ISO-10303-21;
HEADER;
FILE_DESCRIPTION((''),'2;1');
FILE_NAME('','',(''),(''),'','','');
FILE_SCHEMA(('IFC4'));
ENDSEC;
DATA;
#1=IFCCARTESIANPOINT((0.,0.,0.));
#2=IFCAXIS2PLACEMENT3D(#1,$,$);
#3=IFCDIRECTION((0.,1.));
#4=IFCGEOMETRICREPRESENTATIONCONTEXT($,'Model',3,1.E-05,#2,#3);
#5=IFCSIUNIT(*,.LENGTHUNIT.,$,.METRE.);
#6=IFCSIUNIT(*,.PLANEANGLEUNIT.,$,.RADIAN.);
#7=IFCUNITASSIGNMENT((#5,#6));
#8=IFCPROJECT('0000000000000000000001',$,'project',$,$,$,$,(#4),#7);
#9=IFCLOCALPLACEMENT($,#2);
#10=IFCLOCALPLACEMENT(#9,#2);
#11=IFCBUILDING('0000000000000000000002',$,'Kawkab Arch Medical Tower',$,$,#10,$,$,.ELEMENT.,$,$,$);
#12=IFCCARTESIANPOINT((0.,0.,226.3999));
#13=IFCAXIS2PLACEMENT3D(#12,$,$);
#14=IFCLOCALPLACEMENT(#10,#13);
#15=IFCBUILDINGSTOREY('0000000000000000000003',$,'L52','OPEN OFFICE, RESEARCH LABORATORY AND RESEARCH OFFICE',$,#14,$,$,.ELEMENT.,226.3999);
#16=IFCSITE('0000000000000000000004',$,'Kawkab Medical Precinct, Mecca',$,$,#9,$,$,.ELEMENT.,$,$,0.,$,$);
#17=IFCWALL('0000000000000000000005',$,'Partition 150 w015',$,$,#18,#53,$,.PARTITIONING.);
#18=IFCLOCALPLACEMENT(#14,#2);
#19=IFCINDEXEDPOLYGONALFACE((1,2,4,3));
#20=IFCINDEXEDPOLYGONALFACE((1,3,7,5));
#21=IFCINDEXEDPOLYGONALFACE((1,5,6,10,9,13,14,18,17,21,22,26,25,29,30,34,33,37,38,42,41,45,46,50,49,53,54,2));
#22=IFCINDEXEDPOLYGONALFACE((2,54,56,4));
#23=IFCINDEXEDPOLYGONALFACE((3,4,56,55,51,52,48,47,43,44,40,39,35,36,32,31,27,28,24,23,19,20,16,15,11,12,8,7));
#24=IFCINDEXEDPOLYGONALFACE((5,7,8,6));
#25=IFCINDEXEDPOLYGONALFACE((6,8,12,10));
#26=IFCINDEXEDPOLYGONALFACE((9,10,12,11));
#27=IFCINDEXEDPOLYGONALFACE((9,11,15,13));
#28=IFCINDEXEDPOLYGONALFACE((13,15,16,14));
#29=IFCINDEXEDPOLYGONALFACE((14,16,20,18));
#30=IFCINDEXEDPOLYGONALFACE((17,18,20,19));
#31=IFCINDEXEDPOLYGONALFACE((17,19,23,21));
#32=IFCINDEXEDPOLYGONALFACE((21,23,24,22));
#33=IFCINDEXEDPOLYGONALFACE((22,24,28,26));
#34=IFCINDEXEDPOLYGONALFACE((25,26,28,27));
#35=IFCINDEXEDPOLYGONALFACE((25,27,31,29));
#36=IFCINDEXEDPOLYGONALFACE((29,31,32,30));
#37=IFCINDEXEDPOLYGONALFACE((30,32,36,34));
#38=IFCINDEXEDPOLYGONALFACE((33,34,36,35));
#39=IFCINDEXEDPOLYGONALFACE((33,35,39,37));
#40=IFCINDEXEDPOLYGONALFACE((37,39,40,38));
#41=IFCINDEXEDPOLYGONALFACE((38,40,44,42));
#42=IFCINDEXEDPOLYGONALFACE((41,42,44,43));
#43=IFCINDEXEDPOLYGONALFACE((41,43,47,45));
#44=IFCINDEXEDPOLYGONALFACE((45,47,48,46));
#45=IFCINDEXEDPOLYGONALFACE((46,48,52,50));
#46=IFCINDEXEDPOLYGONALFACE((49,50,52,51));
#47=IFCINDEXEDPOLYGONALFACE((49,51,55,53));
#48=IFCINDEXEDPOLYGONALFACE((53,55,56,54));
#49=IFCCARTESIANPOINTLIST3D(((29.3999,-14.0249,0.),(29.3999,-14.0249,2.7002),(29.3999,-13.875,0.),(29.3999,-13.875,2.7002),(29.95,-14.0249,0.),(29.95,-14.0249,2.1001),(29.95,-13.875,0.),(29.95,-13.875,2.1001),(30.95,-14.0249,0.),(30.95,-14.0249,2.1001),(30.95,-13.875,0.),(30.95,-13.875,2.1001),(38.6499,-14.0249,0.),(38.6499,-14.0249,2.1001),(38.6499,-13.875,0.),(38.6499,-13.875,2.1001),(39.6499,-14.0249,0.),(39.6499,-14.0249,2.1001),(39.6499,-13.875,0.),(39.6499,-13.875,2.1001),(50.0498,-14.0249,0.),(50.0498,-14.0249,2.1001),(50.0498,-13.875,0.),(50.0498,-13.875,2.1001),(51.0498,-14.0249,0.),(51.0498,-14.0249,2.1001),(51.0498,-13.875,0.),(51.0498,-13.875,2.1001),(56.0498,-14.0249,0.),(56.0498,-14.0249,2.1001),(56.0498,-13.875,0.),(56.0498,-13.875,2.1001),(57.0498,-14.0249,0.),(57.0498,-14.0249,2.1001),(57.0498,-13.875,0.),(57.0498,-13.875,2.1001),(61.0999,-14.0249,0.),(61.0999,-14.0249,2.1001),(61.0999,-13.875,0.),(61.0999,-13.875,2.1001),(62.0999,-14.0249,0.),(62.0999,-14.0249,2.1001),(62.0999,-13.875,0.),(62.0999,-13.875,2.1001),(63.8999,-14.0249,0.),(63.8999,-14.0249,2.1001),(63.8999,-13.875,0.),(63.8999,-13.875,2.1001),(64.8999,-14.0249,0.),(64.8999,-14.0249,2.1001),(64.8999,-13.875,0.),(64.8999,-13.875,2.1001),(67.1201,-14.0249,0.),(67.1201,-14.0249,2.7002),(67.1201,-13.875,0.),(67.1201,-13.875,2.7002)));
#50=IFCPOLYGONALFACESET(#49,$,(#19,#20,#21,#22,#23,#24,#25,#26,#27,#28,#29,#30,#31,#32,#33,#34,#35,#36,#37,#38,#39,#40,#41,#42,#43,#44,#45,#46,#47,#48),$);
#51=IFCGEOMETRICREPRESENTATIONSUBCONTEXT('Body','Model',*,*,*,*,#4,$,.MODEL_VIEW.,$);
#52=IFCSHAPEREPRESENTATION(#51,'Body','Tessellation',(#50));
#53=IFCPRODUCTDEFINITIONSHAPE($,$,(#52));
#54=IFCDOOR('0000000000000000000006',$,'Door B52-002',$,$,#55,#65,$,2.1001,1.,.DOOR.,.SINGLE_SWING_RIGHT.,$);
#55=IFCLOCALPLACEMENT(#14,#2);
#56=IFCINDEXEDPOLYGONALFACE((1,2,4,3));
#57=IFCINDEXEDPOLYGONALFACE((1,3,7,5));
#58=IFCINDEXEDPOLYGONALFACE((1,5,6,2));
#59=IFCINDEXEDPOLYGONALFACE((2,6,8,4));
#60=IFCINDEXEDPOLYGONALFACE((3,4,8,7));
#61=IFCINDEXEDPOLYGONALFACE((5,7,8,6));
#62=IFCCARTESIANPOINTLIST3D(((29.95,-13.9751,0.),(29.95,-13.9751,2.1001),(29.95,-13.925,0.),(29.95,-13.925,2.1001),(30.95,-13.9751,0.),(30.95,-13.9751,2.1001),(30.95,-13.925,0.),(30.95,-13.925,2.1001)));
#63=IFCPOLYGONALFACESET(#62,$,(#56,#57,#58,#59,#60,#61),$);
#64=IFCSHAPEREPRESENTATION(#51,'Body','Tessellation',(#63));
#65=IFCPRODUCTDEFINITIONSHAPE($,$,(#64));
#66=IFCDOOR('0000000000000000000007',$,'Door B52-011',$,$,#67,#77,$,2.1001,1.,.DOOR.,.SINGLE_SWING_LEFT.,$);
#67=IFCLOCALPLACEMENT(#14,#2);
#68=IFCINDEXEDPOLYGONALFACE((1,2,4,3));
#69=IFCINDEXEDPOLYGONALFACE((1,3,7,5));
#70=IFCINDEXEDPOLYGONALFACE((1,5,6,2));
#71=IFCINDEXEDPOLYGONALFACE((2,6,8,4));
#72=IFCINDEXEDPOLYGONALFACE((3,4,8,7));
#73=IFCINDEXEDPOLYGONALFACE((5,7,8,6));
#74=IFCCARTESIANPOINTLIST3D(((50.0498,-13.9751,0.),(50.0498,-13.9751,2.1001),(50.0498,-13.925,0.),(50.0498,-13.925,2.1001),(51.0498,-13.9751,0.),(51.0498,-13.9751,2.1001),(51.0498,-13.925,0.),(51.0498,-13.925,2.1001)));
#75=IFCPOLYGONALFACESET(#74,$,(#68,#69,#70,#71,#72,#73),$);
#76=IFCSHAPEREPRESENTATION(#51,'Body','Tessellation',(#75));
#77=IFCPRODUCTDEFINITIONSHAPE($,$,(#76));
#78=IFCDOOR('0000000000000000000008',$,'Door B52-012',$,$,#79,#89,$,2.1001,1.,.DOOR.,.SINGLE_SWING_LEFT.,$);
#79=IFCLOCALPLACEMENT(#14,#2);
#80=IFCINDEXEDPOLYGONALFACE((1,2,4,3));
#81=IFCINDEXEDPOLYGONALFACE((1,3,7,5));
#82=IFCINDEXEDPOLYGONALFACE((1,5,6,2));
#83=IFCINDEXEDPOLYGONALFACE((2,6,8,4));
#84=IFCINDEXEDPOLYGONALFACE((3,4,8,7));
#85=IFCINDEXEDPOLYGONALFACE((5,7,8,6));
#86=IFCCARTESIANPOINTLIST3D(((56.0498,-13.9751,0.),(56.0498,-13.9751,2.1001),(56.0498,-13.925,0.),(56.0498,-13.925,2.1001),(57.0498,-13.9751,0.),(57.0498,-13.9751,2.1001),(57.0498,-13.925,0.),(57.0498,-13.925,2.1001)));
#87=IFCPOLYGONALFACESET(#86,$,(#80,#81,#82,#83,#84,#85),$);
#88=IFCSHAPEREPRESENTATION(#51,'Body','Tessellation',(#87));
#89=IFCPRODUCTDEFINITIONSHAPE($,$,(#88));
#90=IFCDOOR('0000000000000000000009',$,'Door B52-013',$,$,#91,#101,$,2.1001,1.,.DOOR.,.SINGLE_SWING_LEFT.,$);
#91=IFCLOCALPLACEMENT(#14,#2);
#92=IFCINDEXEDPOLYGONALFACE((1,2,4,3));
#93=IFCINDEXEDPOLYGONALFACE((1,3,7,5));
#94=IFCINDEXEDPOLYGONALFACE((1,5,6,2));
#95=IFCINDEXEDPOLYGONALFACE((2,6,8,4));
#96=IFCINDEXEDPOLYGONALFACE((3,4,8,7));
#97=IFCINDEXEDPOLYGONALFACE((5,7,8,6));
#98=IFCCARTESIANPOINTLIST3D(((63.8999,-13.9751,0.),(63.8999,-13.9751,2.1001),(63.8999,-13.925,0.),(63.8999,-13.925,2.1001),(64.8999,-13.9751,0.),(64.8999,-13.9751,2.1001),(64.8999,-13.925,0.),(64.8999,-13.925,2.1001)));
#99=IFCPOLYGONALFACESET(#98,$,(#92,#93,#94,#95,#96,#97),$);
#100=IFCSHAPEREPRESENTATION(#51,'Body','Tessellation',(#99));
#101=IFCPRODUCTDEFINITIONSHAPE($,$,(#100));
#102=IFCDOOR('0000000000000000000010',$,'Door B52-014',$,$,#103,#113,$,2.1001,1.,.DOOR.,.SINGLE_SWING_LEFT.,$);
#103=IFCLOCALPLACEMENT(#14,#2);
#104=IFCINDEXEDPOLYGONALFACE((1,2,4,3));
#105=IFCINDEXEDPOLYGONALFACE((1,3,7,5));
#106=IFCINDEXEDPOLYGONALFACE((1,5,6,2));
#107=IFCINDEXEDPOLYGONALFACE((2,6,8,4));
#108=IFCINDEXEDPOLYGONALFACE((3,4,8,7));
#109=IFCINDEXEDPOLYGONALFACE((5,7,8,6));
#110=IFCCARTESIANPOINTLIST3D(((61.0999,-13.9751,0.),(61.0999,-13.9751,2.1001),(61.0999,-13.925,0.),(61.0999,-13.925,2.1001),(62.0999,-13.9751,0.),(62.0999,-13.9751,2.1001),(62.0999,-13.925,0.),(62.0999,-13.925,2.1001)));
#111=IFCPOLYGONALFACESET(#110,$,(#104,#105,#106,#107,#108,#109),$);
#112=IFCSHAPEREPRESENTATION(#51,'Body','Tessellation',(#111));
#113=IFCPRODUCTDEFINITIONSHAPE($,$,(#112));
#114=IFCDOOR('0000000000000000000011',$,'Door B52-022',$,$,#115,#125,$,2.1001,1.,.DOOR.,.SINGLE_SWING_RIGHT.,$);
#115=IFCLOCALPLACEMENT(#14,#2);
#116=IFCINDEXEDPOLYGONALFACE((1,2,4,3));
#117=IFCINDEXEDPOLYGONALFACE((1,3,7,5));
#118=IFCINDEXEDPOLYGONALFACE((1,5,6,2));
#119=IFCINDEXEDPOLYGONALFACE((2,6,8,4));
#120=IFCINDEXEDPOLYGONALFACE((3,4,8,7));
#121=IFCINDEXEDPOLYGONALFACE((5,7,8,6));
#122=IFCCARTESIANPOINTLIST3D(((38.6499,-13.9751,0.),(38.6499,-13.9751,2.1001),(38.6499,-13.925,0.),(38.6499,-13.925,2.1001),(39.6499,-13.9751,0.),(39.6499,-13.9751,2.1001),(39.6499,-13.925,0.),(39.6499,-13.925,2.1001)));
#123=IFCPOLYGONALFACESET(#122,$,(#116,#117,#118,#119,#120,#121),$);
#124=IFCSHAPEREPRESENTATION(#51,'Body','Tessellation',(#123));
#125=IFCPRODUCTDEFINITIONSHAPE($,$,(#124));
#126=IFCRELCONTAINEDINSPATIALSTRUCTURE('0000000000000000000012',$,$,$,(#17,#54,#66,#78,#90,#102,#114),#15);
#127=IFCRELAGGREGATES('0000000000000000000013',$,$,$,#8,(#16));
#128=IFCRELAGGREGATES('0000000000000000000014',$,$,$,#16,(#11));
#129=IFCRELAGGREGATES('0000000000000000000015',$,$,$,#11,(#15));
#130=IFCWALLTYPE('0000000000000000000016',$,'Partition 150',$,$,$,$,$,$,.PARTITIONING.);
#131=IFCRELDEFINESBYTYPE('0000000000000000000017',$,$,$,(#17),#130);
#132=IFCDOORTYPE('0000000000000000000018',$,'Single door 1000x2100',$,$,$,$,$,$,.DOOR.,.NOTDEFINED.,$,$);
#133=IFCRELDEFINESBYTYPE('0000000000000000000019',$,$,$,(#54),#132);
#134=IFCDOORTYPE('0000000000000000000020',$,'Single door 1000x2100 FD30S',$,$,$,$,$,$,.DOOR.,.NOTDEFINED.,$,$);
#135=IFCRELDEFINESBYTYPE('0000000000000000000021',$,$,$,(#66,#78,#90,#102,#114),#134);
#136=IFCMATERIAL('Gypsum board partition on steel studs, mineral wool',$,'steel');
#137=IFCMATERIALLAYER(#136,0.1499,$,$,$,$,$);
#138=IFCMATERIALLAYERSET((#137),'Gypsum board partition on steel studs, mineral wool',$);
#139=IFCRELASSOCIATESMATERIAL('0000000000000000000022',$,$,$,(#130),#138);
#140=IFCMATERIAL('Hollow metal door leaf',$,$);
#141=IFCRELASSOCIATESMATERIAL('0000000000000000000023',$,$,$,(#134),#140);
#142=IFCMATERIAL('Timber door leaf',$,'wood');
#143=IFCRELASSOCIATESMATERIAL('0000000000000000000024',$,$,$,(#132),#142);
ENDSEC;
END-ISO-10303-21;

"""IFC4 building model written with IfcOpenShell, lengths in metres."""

from ifc_helpers import new_model, si_unit, direction, frame, frame_2d, origin, place, context, subcontext, project, spatial, rectangle, extrude, material, layer, layer_set, type_object, element, fill, save


model = new_model("IFC4")

# Units and contexts
model_context = context("Model", 3, precision=1e-05, world=origin(), true_north=direction((0.0, 1.0)))
body_context = subcontext(model_context, "Body", "Model", "MODEL_VIEW")
ifc_project = project(units=[si_unit("LENGTHUNIT", "METRE"), si_unit("PLANEANGLEUNIT", "RADIAN")], contexts=[model_context])

# Site, building, storey
site_placement = place(None, origin())
site = spatial("IfcSite", under=ifc_project, at=site_placement, Name="Kawkab Medical Precinct, Mecca", CompositionType="ELEMENT", RefElevation=0.0)
building_placement = place(site_placement, origin())
building = spatial("IfcBuilding", under=site, at=building_placement, Name="Kawkab Arch Medical Tower", CompositionType="ELEMENT")
storey_placement = place(building_placement, frame((0.0, 0.0, 226.3999)))
storey = spatial("IfcBuildingStorey", under=building, at=storey_placement, Name="L52", Description="OPEN OFFICE, RESEARCH LABORATORY AND RESEARCH OFFICE", CompositionType="ELEMENT", Elevation=226.3999)

# Wall, openings, doors
ifc_material_1 = material(Name="Gypsum board partition on steel studs, mineral wool", Category="steel")
ifc_layer_1 = layer(ifc_material_1, 0.1499)
ifc_layer_set_1 = layer_set([ifc_layer_1], Name="Gypsum board partition on steel studs, mineral wool")
wall_type_1 = type_object("IfcWallType", Name="Partition 150", PredefinedType="PARTITIONING", material=ifc_layer_set_1)
ifc_material_2 = material(Name="Hollow metal door leaf")
door_type_1 = type_object("IfcDoorType", Name="Single door 1000x2100 FD30S", OperationType="NOTDEFINED", PredefinedType="DOOR", material=ifc_material_2)
wall_1_placement = place(storey_placement, frame((29.3999, -13.95, 0.0), z_axis=(0.0, 0.0, 1.0), x_axis=(1.0, 0.0, 0.0)))
wall_1 = element("IfcWall", 1, at=wall_1_placement, inside=storey, type_object=wall_type_1, Name="Partition 150 w015", PredefinedType="PARTITIONING", context=body_context, shape_type="SweptSolid", body=[
    extrude(rectangle(XDim=37.7202, YDim=0.1499, at=frame_2d((18.8601, 0.0))), origin(), (0.0, 0.0, 1.0), 2.7002),
])
opening_1_placement = place(wall_1_placement, frame((20.6499, 0.0, 0.0)))
opening_1 = element("IfcOpeningElement", 2, at=opening_1_placement, cuts=wall_1, PredefinedType="OPENING", context=body_context, shape_type="SweptSolid", body=[
    extrude(rectangle(XDim=1.0, YDim=2.1001, at=frame_2d((0.5, 1.05))), frame((0.0, 0.085, 0.0), z_axis=(0.0, -1.0, 0.0), x_axis=(1.0, 0.0, 0.0)), (0.0, 0.0, 1.0), 0.1699),
])
opening_2_placement = place(wall_1_placement, frame((26.6499, 0.0, 0.0)))
opening_2 = element("IfcOpeningElement", 3, at=opening_2_placement, cuts=wall_1, PredefinedType="OPENING", context=body_context, shape_type="SweptSolid", body=[
    extrude(rectangle(XDim=1.0, YDim=2.1001, at=frame_2d((0.5, 1.05))), frame((0.0, 0.085, 0.0), z_axis=(0.0, -1.0, 0.0), x_axis=(1.0, 0.0, 0.0)), (0.0, 0.0, 1.0), 0.1699),
])
opening_3_placement = place(wall_1_placement, frame((34.5, 0.0, 0.0)))
opening_3 = element("IfcOpeningElement", 4, at=opening_3_placement, cuts=wall_1, PredefinedType="OPENING", context=body_context, shape_type="SweptSolid", body=[
    extrude(rectangle(XDim=1.0, YDim=2.1001, at=frame_2d((0.5, 1.05))), frame((0.0, 0.085, 0.0), z_axis=(0.0, -1.0, 0.0), x_axis=(1.0, 0.0, 0.0)), (0.0, 0.0, 1.0), 0.1699),
])
opening_4_placement = place(wall_1_placement, frame((31.7, 0.0, 0.0)))
opening_4 = element("IfcOpeningElement", 5, at=opening_4_placement, cuts=wall_1, PredefinedType="OPENING", context=body_context, shape_type="SweptSolid", body=[
    extrude(rectangle(XDim=1.0, YDim=2.1001, at=frame_2d((0.5, 1.05))), frame((0.0, 0.085, 0.0), z_axis=(0.0, -1.0, 0.0), x_axis=(1.0, 0.0, 0.0)), (0.0, 0.0, 1.0), 0.1699),
])
opening_5_placement = place(wall_1_placement, frame((0.55, 0.0, 0.0)))
opening_5 = element("IfcOpeningElement", 6, at=opening_5_placement, cuts=wall_1, PredefinedType="OPENING", context=body_context, shape_type="SweptSolid", body=[
    extrude(rectangle(XDim=1.0, YDim=2.1001, at=frame_2d((0.5, 1.05))), frame((0.0, 0.085, 0.0), z_axis=(0.0, -1.0, 0.0), x_axis=(1.0, 0.0, 0.0)), (0.0, 0.0, 1.0), 0.1699),
])
opening_6_placement = place(wall_1_placement, frame((9.25, 0.0, 0.0)))
opening_6 = element("IfcOpeningElement", 7, at=opening_6_placement, cuts=wall_1, PredefinedType="OPENING", context=body_context, shape_type="SweptSolid", body=[
    extrude(rectangle(XDim=1.0, YDim=2.1001, at=frame_2d((0.5, 1.05))), frame((0.0, 0.085, 0.0), z_axis=(0.0, -1.0, 0.0), x_axis=(1.0, 0.0, 0.0)), (0.0, 0.0, 1.0), 0.1699),
])
ifc_material_3 = material(Name="Timber door leaf", Category="wood")
door_type_2 = type_object("IfcDoorType", Name="Single door 1000x2100", OperationType="NOTDEFINED", PredefinedType="DOOR", material=ifc_material_3)
door_1_placement = place(opening_5_placement, origin())
door_1 = element("IfcDoor", 8, at=door_1_placement, inside=storey, type_object=door_type_2, Name="Door B52-002", OperationType="SINGLE_SWING_RIGHT", OverallHeight=2.1001, OverallWidth=1.0, PredefinedType="DOOR", context=body_context, shape_type="SweptSolid", body=[
    extrude(rectangle(XDim=1.0, YDim=2.1001, at=frame_2d((0.5, 1.05))), frame((0.0, 0.0249, 0.0), z_axis=(0.0, -1.0, 0.0), x_axis=(1.0, 0.0, 0.0)), (0.0, 0.0, 1.0), 0.05),
])
fill(opening_5, door_1)
door_2_placement = place(opening_1_placement, origin())
door_2 = element("IfcDoor", 9, at=door_2_placement, inside=storey, type_object=door_type_1, Name="Door B52-011", OperationType="SINGLE_SWING_LEFT", OverallHeight=2.1001, OverallWidth=1.0, PredefinedType="DOOR", context=body_context, shape_type="SweptSolid", body=[
    extrude(rectangle(XDim=1.0, YDim=2.1001, at=frame_2d((0.5, 1.05))), frame((0.0, 0.0249, 0.0), z_axis=(0.0, -1.0, 0.0), x_axis=(1.0, 0.0, 0.0)), (0.0, 0.0, 1.0), 0.05),
])
fill(opening_1, door_2)
door_3_placement = place(opening_2_placement, origin())
door_3 = element("IfcDoor", 10, at=door_3_placement, inside=storey, type_object=door_type_1, Name="Door B52-012", OperationType="SINGLE_SWING_LEFT", OverallHeight=2.1001, OverallWidth=1.0, PredefinedType="DOOR", context=body_context, shape_type="SweptSolid", body=[
    extrude(rectangle(XDim=1.0, YDim=2.1001, at=frame_2d((0.5, 1.05))), frame((0.0, 0.0249, 0.0), z_axis=(0.0, -1.0, 0.0), x_axis=(1.0, 0.0, 0.0)), (0.0, 0.0, 1.0), 0.05),
])
fill(opening_2, door_3)
door_4_placement = place(opening_3_placement, origin())
door_4 = element("IfcDoor", 11, at=door_4_placement, inside=storey, type_object=door_type_1, Name="Door B52-013", OperationType="SINGLE_SWING_LEFT", OverallHeight=2.1001, OverallWidth=1.0, PredefinedType="DOOR", context=body_context, shape_type="SweptSolid", body=[
    extrude(rectangle(XDim=1.0, YDim=2.1001, at=frame_2d((0.5, 1.05))), frame((0.0, 0.0249, 0.0), z_axis=(0.0, -1.0, 0.0), x_axis=(1.0, 0.0, 0.0)), (0.0, 0.0, 1.0), 0.05),
])
fill(opening_3, door_4)
door_5_placement = place(opening_4_placement, origin())
door_5 = element("IfcDoor", 12, at=door_5_placement, inside=storey, type_object=door_type_1, Name="Door B52-014", OperationType="SINGLE_SWING_LEFT", OverallHeight=2.1001, OverallWidth=1.0, PredefinedType="DOOR", context=body_context, shape_type="SweptSolid", body=[
    extrude(rectangle(XDim=1.0, YDim=2.1001, at=frame_2d((0.5, 1.05))), frame((0.0, 0.0249, 0.0), z_axis=(0.0, -1.0, 0.0), x_axis=(1.0, 0.0, 0.0)), (0.0, 0.0, 1.0), 0.05),
])
fill(opening_4, door_5)
door_6_placement = place(opening_6_placement, origin())
door_6 = element("IfcDoor", 13, at=door_6_placement, inside=storey, type_object=door_type_1, Name="Door B52-022", OperationType="SINGLE_SWING_RIGHT", OverallHeight=2.1001, OverallWidth=1.0, PredefinedType="DOOR", context=body_context, shape_type="SweptSolid", body=[
    extrude(rectangle(XDim=1.0, YDim=2.1001, at=frame_2d((0.5, 1.05))), frame((0.0, 0.0249, 0.0), z_axis=(0.0, -1.0, 0.0), x_axis=(1.0, 0.0, 0.0)), (0.0, 0.0, 1.0), 0.05),
])
fill(opening_6, door_6)

save(model, "model.ifc")
